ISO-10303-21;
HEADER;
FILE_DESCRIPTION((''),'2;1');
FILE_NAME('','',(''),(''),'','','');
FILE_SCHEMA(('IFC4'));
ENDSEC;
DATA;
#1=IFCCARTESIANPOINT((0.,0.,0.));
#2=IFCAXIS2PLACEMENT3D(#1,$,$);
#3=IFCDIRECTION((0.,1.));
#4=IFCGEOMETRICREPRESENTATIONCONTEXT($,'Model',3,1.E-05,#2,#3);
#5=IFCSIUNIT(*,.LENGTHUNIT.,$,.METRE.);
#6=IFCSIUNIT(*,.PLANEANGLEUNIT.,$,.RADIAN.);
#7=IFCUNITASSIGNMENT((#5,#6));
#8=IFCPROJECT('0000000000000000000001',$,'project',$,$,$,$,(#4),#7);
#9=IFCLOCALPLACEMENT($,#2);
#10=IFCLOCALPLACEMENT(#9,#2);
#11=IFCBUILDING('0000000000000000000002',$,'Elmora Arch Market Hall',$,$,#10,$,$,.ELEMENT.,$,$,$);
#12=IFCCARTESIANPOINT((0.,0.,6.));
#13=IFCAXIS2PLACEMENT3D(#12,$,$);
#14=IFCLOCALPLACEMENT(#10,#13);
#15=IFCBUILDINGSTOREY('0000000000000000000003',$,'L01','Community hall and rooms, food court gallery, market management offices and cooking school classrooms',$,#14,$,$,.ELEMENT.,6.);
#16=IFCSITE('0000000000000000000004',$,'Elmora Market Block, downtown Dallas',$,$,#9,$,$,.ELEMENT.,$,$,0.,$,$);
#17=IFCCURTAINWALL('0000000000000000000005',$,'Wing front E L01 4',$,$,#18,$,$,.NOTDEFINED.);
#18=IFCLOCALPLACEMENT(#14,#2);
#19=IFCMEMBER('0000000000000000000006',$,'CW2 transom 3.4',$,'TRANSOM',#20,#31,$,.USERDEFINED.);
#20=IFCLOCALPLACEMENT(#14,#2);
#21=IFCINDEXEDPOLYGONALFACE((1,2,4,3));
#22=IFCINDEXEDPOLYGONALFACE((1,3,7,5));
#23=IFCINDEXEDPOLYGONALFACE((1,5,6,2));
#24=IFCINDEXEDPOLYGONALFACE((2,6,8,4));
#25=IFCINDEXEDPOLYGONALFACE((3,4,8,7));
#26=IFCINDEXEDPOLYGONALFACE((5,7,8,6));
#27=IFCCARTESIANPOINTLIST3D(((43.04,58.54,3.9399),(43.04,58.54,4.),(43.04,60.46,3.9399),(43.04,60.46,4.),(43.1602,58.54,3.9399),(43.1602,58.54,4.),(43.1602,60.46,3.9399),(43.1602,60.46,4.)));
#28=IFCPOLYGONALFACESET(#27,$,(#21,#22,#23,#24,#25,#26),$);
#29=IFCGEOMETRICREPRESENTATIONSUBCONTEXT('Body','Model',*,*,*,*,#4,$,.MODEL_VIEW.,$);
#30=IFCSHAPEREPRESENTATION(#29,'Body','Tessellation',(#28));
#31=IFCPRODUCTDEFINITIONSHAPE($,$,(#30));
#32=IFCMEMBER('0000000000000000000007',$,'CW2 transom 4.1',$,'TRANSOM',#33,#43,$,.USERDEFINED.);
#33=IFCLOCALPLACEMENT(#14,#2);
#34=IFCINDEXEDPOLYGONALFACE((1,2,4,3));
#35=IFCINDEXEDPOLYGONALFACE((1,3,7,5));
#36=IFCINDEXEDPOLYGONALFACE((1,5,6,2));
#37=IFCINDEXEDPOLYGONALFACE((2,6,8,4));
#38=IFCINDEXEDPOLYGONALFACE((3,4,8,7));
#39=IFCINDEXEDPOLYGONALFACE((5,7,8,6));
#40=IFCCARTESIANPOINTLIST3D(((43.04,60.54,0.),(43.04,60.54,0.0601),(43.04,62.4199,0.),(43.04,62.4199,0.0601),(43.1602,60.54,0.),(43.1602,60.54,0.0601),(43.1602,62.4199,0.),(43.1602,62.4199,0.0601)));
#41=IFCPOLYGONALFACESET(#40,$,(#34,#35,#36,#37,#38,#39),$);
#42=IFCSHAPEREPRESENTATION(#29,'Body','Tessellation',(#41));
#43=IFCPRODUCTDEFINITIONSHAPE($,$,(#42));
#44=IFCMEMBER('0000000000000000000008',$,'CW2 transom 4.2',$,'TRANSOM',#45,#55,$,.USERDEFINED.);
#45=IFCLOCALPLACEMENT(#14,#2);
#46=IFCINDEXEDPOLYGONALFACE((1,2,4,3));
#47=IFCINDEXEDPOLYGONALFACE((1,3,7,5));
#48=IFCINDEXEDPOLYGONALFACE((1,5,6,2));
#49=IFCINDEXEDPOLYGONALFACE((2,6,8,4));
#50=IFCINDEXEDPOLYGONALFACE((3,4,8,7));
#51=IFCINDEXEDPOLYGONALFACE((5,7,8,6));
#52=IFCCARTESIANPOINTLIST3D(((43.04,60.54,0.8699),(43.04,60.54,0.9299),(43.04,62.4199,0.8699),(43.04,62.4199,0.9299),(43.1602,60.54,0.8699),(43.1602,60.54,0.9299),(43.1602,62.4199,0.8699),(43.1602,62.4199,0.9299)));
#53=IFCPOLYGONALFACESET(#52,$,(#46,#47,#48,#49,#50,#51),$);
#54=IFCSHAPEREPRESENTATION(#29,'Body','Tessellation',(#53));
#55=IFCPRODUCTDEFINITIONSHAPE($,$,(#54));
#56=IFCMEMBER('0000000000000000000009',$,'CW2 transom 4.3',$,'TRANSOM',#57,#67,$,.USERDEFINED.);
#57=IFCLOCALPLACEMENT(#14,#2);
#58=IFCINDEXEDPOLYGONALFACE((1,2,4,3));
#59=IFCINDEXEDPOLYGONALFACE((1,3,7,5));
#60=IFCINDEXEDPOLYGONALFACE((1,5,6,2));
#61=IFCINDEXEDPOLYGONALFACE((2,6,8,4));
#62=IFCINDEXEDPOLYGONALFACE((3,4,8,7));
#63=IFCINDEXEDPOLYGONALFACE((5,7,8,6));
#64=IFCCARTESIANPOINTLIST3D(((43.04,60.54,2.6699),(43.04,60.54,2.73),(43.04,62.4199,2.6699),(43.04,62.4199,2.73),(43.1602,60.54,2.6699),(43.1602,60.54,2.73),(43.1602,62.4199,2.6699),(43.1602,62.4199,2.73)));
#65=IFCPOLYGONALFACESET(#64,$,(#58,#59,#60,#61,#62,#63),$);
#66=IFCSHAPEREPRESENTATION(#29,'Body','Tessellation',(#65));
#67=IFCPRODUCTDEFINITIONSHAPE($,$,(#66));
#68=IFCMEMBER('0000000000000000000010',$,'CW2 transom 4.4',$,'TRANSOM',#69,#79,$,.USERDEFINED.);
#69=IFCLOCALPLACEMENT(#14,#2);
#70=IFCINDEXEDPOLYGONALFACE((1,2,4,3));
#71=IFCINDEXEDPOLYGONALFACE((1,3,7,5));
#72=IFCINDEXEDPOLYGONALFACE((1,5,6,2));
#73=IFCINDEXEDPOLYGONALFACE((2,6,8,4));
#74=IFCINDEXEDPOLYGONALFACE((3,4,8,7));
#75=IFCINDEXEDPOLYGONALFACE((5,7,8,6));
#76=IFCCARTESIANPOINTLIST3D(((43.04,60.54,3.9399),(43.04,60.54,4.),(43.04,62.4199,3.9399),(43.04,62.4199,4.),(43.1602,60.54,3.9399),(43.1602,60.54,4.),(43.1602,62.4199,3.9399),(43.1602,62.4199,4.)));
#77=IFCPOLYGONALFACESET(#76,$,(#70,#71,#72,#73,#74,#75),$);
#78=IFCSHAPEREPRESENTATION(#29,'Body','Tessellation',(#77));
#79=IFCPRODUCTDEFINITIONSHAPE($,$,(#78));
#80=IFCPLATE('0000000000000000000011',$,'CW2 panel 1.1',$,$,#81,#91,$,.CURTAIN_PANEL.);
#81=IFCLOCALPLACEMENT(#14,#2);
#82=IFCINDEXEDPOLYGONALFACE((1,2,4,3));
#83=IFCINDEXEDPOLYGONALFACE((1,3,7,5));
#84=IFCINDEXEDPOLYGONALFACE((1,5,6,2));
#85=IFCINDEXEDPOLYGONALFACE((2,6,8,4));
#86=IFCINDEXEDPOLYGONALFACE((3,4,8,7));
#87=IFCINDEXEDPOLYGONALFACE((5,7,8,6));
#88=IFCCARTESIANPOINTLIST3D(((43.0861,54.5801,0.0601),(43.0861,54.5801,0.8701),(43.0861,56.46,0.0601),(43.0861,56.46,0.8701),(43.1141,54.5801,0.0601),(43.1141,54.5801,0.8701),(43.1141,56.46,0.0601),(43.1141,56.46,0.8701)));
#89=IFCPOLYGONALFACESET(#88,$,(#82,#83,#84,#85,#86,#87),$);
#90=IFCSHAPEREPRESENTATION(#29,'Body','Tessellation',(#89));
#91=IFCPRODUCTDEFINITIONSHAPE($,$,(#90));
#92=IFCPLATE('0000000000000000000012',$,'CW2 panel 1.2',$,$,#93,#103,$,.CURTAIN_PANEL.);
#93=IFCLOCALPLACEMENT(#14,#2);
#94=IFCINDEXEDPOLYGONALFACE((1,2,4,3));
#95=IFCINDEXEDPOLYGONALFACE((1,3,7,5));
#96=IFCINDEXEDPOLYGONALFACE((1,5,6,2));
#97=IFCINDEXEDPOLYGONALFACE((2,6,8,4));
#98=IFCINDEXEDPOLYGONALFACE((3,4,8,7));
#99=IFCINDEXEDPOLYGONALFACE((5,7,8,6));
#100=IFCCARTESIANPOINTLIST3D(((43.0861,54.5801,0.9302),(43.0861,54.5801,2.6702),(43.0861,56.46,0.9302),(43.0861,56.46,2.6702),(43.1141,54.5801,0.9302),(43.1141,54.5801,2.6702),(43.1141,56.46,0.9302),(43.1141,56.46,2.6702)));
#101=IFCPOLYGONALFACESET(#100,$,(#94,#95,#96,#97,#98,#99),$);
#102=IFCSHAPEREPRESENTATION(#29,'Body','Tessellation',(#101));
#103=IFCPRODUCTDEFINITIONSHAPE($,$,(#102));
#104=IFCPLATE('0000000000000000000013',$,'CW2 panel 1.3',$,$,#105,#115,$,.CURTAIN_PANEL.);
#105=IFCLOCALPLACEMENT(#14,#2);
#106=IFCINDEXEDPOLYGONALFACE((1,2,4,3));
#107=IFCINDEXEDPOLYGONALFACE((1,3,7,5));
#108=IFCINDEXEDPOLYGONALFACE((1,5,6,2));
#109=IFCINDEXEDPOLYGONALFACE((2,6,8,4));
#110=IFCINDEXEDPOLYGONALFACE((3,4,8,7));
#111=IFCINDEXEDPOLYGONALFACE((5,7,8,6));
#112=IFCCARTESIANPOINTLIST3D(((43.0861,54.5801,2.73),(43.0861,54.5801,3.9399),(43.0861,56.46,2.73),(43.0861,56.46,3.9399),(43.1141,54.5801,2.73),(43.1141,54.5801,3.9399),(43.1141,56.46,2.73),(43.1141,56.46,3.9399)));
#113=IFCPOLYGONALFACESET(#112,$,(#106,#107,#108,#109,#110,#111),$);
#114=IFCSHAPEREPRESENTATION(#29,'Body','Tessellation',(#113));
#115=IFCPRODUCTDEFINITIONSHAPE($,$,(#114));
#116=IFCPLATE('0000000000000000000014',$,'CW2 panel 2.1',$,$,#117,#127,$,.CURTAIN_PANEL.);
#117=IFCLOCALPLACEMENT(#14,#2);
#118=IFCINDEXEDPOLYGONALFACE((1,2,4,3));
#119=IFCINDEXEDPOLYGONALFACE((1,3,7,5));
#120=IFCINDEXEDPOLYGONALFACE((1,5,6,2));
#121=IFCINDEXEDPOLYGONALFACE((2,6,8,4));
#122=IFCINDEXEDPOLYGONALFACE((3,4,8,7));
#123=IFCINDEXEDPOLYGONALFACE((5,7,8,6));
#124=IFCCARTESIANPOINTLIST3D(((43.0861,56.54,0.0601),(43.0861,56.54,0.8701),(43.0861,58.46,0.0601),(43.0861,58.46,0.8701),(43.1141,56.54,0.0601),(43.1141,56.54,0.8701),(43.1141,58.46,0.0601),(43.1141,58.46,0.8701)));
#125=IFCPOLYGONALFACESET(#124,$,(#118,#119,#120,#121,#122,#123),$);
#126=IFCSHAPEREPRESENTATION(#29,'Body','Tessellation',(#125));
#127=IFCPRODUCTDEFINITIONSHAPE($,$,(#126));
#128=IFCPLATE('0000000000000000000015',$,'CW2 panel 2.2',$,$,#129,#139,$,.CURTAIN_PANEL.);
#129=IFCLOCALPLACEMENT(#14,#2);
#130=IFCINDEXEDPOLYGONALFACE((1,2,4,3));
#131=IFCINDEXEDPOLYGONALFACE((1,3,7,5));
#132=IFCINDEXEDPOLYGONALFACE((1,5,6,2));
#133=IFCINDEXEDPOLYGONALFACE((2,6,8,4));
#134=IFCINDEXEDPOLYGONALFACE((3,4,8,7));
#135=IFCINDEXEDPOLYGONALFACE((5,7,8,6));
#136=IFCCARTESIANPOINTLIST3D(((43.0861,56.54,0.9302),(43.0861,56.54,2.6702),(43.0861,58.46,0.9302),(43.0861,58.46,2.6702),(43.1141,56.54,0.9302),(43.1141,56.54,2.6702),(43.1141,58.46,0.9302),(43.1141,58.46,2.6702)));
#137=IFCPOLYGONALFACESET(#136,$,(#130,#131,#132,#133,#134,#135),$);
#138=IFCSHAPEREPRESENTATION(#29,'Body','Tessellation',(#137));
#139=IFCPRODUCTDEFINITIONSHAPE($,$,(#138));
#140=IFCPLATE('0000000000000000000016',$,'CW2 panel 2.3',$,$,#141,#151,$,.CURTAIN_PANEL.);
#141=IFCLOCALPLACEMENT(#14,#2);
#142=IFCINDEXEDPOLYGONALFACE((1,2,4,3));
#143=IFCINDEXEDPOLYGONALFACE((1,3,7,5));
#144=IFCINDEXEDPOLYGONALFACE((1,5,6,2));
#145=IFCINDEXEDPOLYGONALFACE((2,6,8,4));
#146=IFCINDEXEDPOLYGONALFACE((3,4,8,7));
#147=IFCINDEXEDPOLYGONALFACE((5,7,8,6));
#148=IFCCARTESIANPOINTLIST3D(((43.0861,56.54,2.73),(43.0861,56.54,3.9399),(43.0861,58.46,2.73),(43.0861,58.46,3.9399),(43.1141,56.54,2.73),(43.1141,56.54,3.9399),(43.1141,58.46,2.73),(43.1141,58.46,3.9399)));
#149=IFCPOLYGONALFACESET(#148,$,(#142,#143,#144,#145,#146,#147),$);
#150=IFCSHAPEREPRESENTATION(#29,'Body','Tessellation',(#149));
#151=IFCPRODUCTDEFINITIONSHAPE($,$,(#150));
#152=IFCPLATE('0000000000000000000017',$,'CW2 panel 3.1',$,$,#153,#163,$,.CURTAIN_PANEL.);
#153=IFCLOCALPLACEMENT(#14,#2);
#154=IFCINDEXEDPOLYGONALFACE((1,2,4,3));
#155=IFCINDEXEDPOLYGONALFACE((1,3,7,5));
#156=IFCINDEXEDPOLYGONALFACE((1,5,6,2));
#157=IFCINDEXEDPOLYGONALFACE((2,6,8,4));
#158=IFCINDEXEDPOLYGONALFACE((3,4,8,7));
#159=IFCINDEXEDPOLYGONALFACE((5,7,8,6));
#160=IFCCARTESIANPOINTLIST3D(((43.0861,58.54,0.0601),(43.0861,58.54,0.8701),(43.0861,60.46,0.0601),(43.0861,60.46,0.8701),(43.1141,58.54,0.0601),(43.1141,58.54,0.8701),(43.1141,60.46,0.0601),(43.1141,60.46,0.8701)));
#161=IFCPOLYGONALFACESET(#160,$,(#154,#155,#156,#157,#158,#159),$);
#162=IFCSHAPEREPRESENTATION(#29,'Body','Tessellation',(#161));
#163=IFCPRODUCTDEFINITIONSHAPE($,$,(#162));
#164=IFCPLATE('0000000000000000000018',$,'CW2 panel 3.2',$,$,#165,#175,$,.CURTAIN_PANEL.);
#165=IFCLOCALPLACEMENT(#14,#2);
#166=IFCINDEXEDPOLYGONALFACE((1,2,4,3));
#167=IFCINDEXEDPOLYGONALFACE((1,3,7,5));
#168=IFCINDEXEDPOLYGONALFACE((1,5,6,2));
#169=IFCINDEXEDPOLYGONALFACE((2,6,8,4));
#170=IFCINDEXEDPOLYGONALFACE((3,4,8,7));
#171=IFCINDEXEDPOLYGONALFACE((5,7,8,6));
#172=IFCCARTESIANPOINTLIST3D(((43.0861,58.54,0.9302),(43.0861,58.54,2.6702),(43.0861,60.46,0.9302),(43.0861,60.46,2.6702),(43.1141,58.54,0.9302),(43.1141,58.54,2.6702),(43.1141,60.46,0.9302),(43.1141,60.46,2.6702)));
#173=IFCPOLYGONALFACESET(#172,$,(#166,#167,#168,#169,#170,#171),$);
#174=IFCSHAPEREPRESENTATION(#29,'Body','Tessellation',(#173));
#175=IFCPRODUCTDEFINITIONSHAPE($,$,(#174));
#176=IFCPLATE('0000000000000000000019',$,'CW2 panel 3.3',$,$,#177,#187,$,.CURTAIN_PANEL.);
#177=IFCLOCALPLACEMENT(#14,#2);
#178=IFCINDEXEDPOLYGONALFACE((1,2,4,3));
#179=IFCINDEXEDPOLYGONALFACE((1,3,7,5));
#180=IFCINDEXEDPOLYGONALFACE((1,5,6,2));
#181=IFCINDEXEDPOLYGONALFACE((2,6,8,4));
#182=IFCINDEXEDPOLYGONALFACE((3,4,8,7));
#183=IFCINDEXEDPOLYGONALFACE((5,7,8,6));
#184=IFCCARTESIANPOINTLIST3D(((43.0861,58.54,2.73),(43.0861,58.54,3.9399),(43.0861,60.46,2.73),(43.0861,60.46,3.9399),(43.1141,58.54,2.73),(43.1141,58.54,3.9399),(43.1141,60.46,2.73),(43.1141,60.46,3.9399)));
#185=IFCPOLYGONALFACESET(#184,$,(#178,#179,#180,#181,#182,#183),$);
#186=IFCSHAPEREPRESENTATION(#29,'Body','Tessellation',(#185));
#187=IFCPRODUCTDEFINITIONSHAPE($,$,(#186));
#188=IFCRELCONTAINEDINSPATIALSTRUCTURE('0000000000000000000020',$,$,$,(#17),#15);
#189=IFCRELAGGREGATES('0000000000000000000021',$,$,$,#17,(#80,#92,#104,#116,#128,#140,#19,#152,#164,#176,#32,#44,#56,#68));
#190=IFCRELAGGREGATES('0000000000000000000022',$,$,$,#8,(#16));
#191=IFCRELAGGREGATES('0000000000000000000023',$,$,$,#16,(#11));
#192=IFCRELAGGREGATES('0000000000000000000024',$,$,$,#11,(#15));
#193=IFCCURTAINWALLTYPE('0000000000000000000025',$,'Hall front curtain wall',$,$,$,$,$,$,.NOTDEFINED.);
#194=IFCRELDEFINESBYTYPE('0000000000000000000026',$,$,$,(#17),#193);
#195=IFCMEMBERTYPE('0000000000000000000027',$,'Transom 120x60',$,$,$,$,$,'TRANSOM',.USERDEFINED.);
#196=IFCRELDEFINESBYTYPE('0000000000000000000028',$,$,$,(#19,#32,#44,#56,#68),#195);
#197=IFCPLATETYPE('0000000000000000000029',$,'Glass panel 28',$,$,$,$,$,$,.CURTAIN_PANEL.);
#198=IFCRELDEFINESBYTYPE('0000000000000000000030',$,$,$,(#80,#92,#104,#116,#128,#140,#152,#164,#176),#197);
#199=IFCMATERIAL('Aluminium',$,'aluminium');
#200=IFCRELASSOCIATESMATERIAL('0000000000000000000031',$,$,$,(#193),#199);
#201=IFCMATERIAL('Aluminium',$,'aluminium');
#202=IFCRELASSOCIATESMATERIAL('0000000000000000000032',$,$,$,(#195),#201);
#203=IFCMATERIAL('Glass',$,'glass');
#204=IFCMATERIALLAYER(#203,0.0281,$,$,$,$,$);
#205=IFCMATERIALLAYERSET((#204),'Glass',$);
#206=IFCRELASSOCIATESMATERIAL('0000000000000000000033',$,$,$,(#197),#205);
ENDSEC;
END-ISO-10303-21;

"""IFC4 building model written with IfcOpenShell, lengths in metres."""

from ifc_helpers import new_model, si_unit, direction, frame, origin, origin_2d, place, context, subcontext, project, spatial, rectangle, extrude, material, layer, layer_set, material_profile, profile_set, type_object, element, aggregate, save


model = new_model("IFC4")

# Units and contexts
model_context = context("Model", 3, precision=1e-05, world=origin(), true_north=direction((0.0, 1.0)))
body_context = subcontext(model_context, "Body", "Model", "MODEL_VIEW")
ifc_project = project(units=[si_unit("LENGTHUNIT", "METRE"), si_unit("PLANEANGLEUNIT", "RADIAN")], contexts=[model_context])

# Site, building, storey
site_placement = place(None, origin())
site = spatial("IfcSite", under=ifc_project, at=site_placement, Name="Elmora Market Block, downtown Dallas", CompositionType="ELEMENT", RefElevation=0.0)
building_placement = place(site_placement, origin())
building = spatial("IfcBuilding", under=site, at=building_placement, Name="Elmora Arch Market Hall", CompositionType="ELEMENT")
storey_placement = place(building_placement, frame((0.0, 0.0, 6.0)))
storey = spatial("IfcBuildingStorey", under=building, at=storey_placement, Name="L01", Description="Community hall and rooms, food court gallery, market management offices and cooking school classrooms", CompositionType="ELEMENT", Elevation=6.0)

# Curtain wall, members, plates
ifc_material_1 = material(Name="Aluminium", Category="aluminium")
curtain_wall_type = type_object("IfcCurtainWallType", Name="Hall front curtain wall", PredefinedType="NOTDEFINED", material=ifc_material_1)
curtain_wall_placement = place(storey_placement, origin())
curtain_wall = element("IfcCurtainWall", 1, at=curtain_wall_placement, inside=storey, type_object=curtain_wall_type, Name="Wing front E L01 4", PredefinedType="NOTDEFINED")
ifc_material_2 = material(Name="Aluminium", Category="aluminium")
ifc_material_profile_1 = material_profile(ifc_material_2, rectangle(XDim=0.1201, YDim=0.0601, at=origin_2d()), Name="AL 120x60")
ifc_profile_set_1 = profile_set([ifc_material_profile_1], Name="Aluminium")
member_type_1 = type_object("IfcMemberType", Name="Transom 120x60", ElementType="TRANSOM", PredefinedType="USERDEFINED", material=ifc_profile_set_1)
member_1_placement = place(storey_placement, frame((43.1001, 58.54, 3.97), z_axis=(0.0, 1.0, 0.0), x_axis=(-1.0, 0.0, 0.0)))
member_1 = element("IfcMember", 2, at=member_1_placement, type_object=member_type_1, Name="CW2 transom 3.4", ObjectType="TRANSOM", PredefinedType="USERDEFINED", context=body_context, shape_type="SweptSolid", body=[
    extrude(rectangle(XDim=0.1201, YDim=0.0601, at=origin_2d()), origin(), (0.0, 0.0, 1.0), 1.9199),
])
member_2_placement = place(storey_placement, frame((43.1001, 60.54, 0.03), z_axis=(0.0, 1.0, 0.0), x_axis=(-1.0, 0.0, 0.0)))
member_2 = element("IfcMember", 3, at=member_2_placement, type_object=member_type_1, Name="CW2 transom 4.1", ObjectType="TRANSOM", PredefinedType="USERDEFINED", context=body_context, shape_type="SweptSolid", body=[
    extrude(rectangle(XDim=0.1201, YDim=0.0601, at=origin_2d()), origin(), (0.0, 0.0, 1.0), 1.8799),
])
member_3_placement = place(storey_placement, frame((43.1001, 60.54, 0.8999), z_axis=(0.0, 1.0, 0.0), x_axis=(-1.0, 0.0, 0.0)))
member_3 = element("IfcMember", 4, at=member_3_placement, type_object=member_type_1, Name="CW2 transom 4.2", ObjectType="TRANSOM", PredefinedType="USERDEFINED", context=body_context, shape_type="SweptSolid", body=[
    extrude(rectangle(XDim=0.1201, YDim=0.0601, at=origin_2d()), origin(), (0.0, 0.0, 1.0), 1.8799),
])
member_4_placement = place(storey_placement, frame((43.1001, 60.54, 2.7), z_axis=(0.0, 1.0, 0.0), x_axis=(-1.0, 0.0, 0.0)))
member_4 = element("IfcMember", 5, at=member_4_placement, type_object=member_type_1, Name="CW2 transom 4.3", ObjectType="TRANSOM", PredefinedType="USERDEFINED", context=body_context, shape_type="SweptSolid", body=[
    extrude(rectangle(XDim=0.1201, YDim=0.0601, at=origin_2d()), origin(), (0.0, 0.0, 1.0), 1.8799),
])
member_5_placement = place(storey_placement, frame((43.1001, 60.54, 3.97), z_axis=(0.0, 1.0, 0.0), x_axis=(-1.0, 0.0, 0.0)))
member_5 = element("IfcMember", 6, at=member_5_placement, type_object=member_type_1, Name="CW2 transom 4.4", ObjectType="TRANSOM", PredefinedType="USERDEFINED", context=body_context, shape_type="SweptSolid", body=[
    extrude(rectangle(XDim=0.1201, YDim=0.0601, at=origin_2d()), origin(), (0.0, 0.0, 1.0), 1.8799),
])
ifc_material_3 = material(Name="Glass", Category="glass")
ifc_layer = layer(ifc_material_3, 0.0281)
ifc_layer_set = layer_set([ifc_layer], Name="Glass")
plate_type = type_object("IfcPlateType", Name="Glass panel 28", PredefinedType="CURTAIN_PANEL", material=ifc_layer_set)
plate_1_placement = place(storey_placement, frame((43.1001, 55.52, 0.0601), z_axis=(0.0, 0.0, 1.0), x_axis=(0.0, 1.0, 0.0)))
plate_1 = element("IfcPlate", 7, at=plate_1_placement, type_object=plate_type, Name="CW2 panel 1.1", PredefinedType="CURTAIN_PANEL", context=body_context, shape_type="SweptSolid", body=[
    extrude(rectangle(XDim=1.8799, YDim=0.0281, at=origin_2d()), origin(), (0.0, 0.0, 1.0), 0.8101),
])
plate_2_placement = place(storey_placement, frame((43.1001, 55.52, 0.9302), z_axis=(0.0, 0.0, 1.0), x_axis=(0.0, 1.0, 0.0)))
plate_2 = element("IfcPlate", 8, at=plate_2_placement, type_object=plate_type, Name="CW2 panel 1.2", PredefinedType="CURTAIN_PANEL", context=body_context, shape_type="SweptSolid", body=[
    extrude(rectangle(XDim=1.8799, YDim=0.0281, at=origin_2d()), origin(), (0.0, 0.0, 1.0), 1.74),
])
plate_3_placement = place(storey_placement, frame((43.1001, 55.52, 2.73), z_axis=(0.0, 0.0, 1.0), x_axis=(0.0, 1.0, 0.0)))
plate_3 = element("IfcPlate", 9, at=plate_3_placement, type_object=plate_type, Name="CW2 panel 1.3", PredefinedType="CURTAIN_PANEL", context=body_context, shape_type="SweptSolid", body=[
    extrude(rectangle(XDim=1.8799, YDim=0.0281, at=origin_2d()), origin(), (0.0, 0.0, 1.0), 1.21),
])
plate_4_placement = place(storey_placement, frame((43.1001, 57.5, 0.0601), z_axis=(0.0, 0.0, 1.0), x_axis=(0.0, 1.0, 0.0)))
plate_4 = element("IfcPlate", 10, at=plate_4_placement, type_object=plate_type, Name="CW2 panel 2.1", PredefinedType="CURTAIN_PANEL", context=body_context, shape_type="SweptSolid", body=[
    extrude(rectangle(XDim=1.9199, YDim=0.0281, at=origin_2d()), origin(), (0.0, 0.0, 1.0), 0.8101),
])
plate_5_placement = place(storey_placement, frame((43.1001, 57.5, 0.9302), z_axis=(0.0, 0.0, 1.0), x_axis=(0.0, 1.0, 0.0)))
plate_5 = element("IfcPlate", 11, at=plate_5_placement, type_object=plate_type, Name="CW2 panel 2.2", PredefinedType="CURTAIN_PANEL", context=body_context, shape_type="SweptSolid", body=[
    extrude(rectangle(XDim=1.9199, YDim=0.0281, at=origin_2d()), origin(), (0.0, 0.0, 1.0), 1.74),
])
plate_6_placement = place(storey_placement, frame((43.1001, 57.5, 2.73), z_axis=(0.0, 0.0, 1.0), x_axis=(0.0, 1.0, 0.0)))
plate_6 = element("IfcPlate", 12, at=plate_6_placement, type_object=plate_type, Name="CW2 panel 2.3", PredefinedType="CURTAIN_PANEL", context=body_context, shape_type="SweptSolid", body=[
    extrude(rectangle(XDim=1.9199, YDim=0.0281, at=origin_2d()), origin(), (0.0, 0.0, 1.0), 1.21),
])
plate_7_placement = place(storey_placement, frame((43.1001, 59.5, 0.0601), z_axis=(0.0, 0.0, 1.0), x_axis=(0.0, 1.0, 0.0)))
plate_7 = element("IfcPlate", 13, at=plate_7_placement, type_object=plate_type, Name="CW2 panel 3.1", PredefinedType="CURTAIN_PANEL", context=body_context, shape_type="SweptSolid", body=[
    extrude(rectangle(XDim=1.9199, YDim=0.0281, at=origin_2d()), origin(), (0.0, 0.0, 1.0), 0.8101),
])
plate_8_placement = place(storey_placement, frame((43.1001, 59.5, 0.9302), z_axis=(0.0, 0.0, 1.0), x_axis=(0.0, 1.0, 0.0)))
plate_8 = element("IfcPlate", 14, at=plate_8_placement, type_object=plate_type, Name="CW2 panel 3.2", PredefinedType="CURTAIN_PANEL", context=body_context, shape_type="SweptSolid", body=[
    extrude(rectangle(XDim=1.9199, YDim=0.0281, at=origin_2d()), origin(), (0.0, 0.0, 1.0), 1.74),
])
plate_9_placement = place(storey_placement, frame((43.1001, 59.5, 2.73), z_axis=(0.0, 0.0, 1.0), x_axis=(0.0, 1.0, 0.0)))
plate_9 = element("IfcPlate", 15, at=plate_9_placement, type_object=plate_type, Name="CW2 panel 3.3", PredefinedType="CURTAIN_PANEL", context=body_context, shape_type="SweptSolid", body=[
    extrude(rectangle(XDim=1.9199, YDim=0.0281, at=origin_2d()), origin(), (0.0, 0.0, 1.0), 1.21),
])
aggregate(curtain_wall, [plate_1, plate_2, plate_3, plate_4, plate_5, plate_6, member_1, plate_7, plate_8, plate_9, member_2, member_3, member_4, member_5])

save(model, "model.ifc")
